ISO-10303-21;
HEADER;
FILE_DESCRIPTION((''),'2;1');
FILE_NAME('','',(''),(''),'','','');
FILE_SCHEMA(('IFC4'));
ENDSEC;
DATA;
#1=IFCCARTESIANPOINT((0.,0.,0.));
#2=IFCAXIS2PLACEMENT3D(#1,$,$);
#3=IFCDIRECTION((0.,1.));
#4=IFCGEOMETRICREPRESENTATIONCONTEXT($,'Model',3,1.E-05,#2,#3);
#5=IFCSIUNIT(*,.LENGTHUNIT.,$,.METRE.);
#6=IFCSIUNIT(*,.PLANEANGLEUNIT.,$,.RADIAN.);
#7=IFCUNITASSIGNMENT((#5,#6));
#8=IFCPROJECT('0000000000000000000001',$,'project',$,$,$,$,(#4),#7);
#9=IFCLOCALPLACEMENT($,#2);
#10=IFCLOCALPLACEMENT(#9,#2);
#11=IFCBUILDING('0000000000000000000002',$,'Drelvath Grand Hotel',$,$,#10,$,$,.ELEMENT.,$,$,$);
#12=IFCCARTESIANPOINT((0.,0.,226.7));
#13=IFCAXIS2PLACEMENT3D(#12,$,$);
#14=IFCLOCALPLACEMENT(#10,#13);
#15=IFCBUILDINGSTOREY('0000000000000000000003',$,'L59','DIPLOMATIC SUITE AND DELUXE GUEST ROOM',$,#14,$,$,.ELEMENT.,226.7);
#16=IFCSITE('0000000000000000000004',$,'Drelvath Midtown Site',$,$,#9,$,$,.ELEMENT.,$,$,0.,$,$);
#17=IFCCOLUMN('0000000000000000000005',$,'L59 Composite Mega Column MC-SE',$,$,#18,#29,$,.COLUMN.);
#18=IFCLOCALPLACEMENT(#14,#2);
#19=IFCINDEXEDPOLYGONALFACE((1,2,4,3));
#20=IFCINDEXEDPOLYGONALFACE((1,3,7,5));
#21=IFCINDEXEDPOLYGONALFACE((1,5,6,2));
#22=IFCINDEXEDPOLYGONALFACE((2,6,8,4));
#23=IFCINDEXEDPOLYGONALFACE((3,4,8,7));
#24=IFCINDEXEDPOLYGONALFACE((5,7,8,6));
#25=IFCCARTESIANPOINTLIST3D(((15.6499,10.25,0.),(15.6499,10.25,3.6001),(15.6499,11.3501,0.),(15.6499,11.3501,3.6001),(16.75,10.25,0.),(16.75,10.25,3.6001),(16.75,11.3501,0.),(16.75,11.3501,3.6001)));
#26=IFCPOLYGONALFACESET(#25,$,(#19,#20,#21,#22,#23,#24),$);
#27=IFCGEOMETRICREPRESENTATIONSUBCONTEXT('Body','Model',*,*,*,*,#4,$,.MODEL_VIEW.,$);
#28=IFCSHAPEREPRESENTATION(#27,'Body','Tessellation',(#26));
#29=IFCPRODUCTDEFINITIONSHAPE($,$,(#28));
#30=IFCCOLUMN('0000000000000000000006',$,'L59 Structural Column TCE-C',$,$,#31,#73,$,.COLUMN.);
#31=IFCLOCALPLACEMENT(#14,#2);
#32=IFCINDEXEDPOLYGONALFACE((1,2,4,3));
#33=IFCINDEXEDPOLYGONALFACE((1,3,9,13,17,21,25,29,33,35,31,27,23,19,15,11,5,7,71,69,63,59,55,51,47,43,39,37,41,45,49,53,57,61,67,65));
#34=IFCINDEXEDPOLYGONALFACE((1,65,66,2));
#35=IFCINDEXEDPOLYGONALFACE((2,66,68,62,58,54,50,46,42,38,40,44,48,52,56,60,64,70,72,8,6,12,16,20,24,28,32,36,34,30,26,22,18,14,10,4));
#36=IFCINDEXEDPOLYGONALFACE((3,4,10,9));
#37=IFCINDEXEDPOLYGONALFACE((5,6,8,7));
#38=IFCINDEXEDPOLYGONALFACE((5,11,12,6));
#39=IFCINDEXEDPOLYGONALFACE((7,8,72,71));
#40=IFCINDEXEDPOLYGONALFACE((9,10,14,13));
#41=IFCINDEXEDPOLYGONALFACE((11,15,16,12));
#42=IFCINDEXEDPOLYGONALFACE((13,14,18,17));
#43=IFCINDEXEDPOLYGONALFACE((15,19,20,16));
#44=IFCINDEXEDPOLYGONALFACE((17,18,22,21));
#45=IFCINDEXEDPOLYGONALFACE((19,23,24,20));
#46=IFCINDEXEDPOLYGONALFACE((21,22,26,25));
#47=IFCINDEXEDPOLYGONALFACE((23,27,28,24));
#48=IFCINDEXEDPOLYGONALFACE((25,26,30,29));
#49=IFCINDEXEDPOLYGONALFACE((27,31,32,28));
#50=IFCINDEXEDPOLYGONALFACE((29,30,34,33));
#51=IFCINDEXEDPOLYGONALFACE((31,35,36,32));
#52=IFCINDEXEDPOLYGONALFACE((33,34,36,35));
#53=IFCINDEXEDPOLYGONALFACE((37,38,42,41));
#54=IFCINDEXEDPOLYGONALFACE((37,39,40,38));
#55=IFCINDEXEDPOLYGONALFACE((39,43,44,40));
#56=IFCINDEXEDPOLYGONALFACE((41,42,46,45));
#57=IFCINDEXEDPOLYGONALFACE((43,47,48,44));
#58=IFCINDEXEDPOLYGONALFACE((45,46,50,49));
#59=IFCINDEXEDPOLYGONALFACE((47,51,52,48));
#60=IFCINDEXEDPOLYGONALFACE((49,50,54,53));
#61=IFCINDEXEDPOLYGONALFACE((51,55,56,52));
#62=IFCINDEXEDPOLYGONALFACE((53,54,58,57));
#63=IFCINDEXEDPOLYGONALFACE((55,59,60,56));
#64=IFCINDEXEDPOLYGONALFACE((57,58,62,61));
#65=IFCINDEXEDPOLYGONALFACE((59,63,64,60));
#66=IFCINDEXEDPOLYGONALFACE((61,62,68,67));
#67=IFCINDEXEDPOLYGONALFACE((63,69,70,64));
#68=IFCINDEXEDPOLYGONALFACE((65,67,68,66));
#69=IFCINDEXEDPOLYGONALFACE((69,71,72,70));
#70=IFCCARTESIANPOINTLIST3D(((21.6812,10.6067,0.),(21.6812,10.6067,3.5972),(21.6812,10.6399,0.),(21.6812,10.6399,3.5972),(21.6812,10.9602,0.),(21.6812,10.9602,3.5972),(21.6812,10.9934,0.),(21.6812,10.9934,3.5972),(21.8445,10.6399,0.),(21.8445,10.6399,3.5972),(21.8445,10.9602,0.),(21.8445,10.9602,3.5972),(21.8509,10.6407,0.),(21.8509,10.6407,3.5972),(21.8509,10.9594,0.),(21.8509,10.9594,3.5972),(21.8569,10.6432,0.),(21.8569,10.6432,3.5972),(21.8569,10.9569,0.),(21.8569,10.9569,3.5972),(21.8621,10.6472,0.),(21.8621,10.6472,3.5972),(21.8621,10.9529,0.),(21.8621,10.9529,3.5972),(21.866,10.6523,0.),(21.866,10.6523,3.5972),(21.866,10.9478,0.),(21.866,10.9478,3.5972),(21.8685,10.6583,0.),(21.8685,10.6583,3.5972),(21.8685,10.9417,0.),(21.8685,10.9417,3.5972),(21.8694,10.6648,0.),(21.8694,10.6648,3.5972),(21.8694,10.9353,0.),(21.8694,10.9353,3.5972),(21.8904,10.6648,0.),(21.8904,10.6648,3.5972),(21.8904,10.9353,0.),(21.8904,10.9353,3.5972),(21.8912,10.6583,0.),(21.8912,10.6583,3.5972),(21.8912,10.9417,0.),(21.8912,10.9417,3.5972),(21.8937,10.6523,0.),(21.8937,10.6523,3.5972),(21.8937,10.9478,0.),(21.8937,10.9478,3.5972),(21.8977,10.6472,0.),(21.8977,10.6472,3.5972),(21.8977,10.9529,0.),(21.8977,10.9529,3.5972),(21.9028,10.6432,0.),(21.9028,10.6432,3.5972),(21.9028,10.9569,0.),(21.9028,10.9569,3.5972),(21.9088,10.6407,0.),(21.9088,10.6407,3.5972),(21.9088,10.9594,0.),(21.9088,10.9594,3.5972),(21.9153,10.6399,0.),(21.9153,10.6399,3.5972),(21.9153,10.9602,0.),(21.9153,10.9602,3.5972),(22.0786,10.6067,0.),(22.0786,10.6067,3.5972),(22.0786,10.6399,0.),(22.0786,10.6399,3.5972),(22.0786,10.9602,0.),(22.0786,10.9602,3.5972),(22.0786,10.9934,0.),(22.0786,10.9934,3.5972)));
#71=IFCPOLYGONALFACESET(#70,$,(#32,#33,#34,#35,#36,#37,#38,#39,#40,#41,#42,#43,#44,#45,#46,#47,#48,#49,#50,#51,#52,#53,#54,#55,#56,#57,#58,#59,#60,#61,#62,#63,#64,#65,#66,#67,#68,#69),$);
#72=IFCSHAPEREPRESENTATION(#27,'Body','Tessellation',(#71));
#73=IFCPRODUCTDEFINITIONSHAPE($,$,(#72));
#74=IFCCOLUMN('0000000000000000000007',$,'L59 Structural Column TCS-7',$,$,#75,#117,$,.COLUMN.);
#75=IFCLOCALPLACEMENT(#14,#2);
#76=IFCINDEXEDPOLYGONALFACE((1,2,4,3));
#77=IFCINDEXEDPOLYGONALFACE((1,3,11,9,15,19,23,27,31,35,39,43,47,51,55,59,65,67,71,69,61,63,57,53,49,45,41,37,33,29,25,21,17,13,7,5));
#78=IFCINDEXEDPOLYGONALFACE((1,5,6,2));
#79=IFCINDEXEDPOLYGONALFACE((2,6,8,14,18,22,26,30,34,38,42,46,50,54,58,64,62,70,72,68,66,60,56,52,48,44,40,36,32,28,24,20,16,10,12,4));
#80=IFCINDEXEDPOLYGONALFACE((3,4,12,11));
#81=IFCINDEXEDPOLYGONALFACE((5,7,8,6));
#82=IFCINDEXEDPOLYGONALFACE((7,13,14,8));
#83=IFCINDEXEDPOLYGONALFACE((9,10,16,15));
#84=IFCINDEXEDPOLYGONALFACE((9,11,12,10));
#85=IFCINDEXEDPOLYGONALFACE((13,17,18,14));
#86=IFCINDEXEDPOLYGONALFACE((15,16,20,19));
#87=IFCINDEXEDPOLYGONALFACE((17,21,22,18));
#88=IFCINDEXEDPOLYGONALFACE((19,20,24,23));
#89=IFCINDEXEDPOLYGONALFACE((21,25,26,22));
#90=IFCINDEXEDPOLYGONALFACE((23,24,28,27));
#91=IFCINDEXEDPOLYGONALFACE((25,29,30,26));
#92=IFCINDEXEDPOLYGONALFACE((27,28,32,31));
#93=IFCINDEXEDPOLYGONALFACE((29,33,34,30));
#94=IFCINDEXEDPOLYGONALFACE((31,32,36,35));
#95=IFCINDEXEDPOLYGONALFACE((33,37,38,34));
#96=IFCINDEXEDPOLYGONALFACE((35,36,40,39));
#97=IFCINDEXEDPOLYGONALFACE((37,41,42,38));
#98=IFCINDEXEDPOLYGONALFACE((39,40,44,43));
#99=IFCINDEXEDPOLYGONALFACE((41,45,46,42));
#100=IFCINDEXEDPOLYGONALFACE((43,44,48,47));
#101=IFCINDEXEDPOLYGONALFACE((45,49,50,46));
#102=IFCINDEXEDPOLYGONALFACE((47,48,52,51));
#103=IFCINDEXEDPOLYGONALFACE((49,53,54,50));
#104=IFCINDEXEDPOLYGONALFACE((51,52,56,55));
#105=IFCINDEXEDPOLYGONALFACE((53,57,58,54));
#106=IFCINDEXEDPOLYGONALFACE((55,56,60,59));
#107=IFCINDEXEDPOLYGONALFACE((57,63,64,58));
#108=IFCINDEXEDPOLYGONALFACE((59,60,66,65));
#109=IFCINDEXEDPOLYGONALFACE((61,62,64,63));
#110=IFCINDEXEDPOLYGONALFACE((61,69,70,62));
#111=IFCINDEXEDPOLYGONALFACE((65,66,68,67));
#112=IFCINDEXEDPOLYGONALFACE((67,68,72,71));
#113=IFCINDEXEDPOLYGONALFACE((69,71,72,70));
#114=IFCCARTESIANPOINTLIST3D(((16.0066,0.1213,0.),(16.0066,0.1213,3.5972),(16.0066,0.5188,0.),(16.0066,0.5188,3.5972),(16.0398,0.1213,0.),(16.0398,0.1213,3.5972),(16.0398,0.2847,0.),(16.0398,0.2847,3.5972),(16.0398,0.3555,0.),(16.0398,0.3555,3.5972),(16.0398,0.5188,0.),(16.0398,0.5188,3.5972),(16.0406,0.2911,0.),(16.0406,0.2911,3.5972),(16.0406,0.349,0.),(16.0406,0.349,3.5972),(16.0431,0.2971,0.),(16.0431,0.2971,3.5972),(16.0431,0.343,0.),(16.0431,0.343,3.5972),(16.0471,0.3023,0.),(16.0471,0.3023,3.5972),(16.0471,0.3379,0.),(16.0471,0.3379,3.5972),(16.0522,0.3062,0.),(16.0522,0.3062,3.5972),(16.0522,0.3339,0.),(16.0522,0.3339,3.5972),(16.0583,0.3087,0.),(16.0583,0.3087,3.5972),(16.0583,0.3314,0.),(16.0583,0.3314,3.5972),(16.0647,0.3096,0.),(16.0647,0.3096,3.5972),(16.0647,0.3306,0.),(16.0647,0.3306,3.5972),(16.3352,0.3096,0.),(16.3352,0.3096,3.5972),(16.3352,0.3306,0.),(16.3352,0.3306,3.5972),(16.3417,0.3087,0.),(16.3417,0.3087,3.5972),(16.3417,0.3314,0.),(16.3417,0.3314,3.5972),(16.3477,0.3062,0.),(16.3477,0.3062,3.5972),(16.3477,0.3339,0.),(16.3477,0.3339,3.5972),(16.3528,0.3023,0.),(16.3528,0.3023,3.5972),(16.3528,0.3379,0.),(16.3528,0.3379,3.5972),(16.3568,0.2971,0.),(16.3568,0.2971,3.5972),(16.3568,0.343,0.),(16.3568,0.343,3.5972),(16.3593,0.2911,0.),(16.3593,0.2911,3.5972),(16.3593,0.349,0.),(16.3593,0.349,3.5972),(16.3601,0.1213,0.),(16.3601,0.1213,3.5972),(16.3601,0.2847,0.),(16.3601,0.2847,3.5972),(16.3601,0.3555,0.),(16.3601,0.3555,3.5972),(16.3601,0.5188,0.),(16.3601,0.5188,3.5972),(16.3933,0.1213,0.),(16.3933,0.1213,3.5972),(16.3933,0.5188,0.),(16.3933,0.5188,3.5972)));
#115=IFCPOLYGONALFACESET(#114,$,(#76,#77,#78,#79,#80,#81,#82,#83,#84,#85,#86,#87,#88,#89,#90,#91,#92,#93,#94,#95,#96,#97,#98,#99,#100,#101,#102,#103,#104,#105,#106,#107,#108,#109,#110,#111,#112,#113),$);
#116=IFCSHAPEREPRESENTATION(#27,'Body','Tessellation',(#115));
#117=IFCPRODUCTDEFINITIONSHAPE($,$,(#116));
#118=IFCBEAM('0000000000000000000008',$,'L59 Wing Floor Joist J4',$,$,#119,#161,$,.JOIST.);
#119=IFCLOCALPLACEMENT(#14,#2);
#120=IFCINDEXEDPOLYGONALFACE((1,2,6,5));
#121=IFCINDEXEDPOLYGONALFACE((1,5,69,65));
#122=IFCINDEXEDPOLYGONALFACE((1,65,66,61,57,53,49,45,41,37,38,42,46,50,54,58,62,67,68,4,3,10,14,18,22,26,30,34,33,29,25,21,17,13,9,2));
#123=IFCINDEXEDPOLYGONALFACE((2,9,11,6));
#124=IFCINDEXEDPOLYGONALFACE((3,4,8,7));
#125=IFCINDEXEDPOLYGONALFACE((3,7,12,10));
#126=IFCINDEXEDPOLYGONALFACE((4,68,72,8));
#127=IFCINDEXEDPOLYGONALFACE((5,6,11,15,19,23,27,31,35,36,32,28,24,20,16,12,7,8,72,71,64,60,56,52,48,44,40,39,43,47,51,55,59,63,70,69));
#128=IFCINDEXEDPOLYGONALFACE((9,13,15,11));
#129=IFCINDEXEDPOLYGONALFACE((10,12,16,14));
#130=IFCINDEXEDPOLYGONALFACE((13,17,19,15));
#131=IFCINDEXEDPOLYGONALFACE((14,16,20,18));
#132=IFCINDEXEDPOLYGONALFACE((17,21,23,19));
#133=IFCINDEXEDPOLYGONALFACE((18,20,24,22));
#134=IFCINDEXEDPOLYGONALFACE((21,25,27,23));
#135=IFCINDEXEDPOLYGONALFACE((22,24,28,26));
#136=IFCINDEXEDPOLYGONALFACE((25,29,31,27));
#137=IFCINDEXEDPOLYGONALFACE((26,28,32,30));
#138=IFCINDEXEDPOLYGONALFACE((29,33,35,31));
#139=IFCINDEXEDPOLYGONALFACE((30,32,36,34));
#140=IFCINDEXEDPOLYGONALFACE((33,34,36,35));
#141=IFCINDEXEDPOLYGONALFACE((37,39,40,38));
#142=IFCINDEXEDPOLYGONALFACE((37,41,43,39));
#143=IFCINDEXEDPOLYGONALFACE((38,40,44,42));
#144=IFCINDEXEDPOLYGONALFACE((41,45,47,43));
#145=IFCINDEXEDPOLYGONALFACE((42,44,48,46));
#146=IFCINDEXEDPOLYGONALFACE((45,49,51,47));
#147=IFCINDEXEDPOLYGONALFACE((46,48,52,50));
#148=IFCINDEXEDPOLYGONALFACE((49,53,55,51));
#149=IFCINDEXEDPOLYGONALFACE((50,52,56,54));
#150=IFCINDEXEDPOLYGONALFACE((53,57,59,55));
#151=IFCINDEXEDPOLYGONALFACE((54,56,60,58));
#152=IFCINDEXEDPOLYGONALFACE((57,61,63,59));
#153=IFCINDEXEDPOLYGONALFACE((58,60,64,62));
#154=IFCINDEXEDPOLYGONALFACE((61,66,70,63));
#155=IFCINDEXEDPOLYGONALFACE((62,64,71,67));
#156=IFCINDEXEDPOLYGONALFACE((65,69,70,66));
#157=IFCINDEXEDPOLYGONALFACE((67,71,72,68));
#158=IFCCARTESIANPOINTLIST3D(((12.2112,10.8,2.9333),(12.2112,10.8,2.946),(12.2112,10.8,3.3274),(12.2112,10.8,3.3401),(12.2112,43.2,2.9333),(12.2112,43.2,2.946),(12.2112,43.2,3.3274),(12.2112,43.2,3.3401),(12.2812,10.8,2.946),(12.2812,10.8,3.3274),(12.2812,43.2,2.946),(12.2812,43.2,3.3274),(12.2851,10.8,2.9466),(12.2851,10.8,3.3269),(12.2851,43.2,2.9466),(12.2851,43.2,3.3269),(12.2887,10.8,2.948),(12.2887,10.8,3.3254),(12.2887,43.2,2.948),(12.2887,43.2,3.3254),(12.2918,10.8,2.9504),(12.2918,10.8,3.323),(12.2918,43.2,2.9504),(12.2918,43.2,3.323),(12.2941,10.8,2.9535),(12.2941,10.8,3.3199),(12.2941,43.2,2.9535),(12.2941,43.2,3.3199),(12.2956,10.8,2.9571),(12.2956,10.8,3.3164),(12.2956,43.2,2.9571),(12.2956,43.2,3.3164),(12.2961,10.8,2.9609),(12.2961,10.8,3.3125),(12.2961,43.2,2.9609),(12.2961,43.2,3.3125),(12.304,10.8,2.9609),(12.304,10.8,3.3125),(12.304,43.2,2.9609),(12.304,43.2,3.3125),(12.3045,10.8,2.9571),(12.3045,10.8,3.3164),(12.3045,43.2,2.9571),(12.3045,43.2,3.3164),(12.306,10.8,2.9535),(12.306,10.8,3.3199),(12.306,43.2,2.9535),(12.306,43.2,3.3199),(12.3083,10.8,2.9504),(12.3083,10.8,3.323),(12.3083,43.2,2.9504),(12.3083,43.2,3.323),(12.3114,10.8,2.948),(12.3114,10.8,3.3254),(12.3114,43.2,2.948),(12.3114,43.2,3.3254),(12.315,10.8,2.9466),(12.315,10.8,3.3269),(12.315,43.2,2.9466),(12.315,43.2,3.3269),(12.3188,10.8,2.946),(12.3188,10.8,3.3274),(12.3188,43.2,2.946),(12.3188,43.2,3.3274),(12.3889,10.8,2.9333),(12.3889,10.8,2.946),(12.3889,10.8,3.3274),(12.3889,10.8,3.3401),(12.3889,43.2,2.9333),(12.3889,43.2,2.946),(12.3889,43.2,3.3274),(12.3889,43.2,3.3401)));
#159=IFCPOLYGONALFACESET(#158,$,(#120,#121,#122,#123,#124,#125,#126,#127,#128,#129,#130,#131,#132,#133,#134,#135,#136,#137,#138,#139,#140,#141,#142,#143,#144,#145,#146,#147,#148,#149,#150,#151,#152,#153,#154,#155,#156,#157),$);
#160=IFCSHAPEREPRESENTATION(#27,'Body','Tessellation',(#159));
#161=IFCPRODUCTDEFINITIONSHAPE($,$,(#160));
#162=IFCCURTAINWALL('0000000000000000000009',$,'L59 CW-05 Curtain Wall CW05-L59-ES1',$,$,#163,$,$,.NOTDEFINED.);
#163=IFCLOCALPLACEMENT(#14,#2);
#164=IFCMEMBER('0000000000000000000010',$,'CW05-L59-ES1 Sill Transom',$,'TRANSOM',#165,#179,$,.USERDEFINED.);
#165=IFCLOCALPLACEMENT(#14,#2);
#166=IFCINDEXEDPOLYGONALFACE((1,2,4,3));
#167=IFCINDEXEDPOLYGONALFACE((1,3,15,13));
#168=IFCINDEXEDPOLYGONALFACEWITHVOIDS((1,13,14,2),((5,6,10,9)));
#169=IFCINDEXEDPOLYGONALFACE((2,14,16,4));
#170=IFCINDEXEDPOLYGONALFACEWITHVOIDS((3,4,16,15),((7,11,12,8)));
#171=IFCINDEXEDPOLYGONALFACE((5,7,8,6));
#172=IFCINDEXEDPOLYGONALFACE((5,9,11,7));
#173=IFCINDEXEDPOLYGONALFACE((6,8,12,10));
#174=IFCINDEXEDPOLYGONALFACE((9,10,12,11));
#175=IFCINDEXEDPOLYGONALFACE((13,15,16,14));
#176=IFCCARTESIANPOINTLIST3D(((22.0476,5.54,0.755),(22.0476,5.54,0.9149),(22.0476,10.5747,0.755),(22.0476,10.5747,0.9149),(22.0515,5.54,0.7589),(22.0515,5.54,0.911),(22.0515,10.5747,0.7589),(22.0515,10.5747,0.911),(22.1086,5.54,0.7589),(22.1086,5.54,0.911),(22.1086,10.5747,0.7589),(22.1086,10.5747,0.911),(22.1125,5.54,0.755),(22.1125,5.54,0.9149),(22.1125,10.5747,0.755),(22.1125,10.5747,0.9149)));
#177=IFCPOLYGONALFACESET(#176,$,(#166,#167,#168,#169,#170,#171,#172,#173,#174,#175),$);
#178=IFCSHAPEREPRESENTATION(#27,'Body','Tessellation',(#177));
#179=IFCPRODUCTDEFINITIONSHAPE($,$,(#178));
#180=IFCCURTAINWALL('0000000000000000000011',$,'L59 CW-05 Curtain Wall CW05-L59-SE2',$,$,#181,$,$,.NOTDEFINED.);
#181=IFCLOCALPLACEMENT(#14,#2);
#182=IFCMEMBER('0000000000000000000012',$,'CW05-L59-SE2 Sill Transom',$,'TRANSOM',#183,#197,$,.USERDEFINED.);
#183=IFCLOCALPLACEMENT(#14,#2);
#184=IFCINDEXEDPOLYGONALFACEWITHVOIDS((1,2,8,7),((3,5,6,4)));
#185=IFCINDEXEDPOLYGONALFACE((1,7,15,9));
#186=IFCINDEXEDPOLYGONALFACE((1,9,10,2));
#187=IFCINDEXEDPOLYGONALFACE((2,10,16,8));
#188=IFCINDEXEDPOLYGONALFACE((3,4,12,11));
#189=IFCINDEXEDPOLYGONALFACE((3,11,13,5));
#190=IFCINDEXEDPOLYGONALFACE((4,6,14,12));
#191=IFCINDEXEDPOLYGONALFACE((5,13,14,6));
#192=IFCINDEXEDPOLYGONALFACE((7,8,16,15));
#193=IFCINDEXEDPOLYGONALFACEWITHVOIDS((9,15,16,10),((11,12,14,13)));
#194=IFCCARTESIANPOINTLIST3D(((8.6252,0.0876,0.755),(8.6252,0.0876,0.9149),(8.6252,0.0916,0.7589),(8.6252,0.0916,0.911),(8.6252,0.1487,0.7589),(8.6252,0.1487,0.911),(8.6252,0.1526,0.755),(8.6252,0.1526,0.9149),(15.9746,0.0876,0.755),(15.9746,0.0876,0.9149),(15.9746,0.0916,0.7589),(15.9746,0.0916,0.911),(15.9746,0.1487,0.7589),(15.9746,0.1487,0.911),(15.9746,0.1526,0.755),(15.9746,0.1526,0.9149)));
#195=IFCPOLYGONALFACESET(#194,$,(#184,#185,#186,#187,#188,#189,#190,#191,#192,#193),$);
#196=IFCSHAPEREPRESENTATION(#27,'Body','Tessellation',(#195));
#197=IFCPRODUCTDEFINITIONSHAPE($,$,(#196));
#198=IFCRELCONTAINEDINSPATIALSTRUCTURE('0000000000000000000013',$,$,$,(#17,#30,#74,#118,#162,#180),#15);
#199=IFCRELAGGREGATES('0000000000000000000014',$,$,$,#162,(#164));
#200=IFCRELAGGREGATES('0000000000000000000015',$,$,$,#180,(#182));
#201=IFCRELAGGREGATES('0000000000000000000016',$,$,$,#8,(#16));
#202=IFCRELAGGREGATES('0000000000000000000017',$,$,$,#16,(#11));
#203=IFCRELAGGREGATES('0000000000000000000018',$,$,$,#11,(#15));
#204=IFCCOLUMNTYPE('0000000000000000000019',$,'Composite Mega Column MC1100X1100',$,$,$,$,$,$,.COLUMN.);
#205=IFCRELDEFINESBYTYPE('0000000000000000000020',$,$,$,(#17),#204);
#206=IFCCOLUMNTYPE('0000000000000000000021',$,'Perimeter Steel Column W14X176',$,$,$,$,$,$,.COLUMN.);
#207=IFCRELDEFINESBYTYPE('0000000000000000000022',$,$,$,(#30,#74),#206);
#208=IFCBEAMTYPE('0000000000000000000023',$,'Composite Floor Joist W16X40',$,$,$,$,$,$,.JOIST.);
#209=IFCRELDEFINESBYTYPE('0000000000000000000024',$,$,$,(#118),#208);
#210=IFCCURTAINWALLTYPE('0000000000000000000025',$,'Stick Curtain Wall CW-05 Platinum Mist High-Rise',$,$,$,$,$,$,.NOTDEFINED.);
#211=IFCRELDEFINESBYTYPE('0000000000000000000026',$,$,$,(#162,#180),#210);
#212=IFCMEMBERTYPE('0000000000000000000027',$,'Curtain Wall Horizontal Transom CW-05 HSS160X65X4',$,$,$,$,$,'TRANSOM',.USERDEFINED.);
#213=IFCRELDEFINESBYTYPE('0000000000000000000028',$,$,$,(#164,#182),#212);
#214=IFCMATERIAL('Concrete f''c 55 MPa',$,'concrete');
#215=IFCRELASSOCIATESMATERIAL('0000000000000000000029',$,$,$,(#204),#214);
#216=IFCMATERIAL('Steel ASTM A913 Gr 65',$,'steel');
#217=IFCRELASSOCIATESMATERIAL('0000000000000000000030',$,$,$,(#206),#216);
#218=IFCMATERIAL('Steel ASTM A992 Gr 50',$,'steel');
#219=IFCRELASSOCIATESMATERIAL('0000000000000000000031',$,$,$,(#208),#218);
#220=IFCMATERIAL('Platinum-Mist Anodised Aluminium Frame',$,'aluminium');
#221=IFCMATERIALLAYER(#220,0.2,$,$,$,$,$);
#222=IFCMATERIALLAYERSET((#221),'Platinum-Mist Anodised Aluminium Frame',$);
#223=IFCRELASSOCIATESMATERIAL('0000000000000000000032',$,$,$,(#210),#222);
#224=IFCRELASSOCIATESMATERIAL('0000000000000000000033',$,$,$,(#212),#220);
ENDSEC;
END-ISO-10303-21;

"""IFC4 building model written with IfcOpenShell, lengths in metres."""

from ifc_helpers import new_model, si_unit, direction, frame, origin, origin_2d, place, context, subcontext, project, spatial, rectangle, hollow_rectangle, i_section, extrude, material, layer, layer_set, material_profile, profile_set, type_object, element, aggregate, save


model = new_model("IFC4")

# Units and contexts
model_context = context("Model", 3, precision=1e-05, world=origin(), true_north=direction((0.0, 1.0)))
body_context = subcontext(model_context, "Body", "Model", "MODEL_VIEW")
ifc_project = project(units=[si_unit("LENGTHUNIT", "METRE"), si_unit("PLANEANGLEUNIT", "RADIAN")], contexts=[model_context])

# Site, building, storey
site_placement = place(None, origin())
site = spatial("IfcSite", under=ifc_project, at=site_placement, Name="Drelvath Midtown Site", CompositionType="ELEMENT", RefElevation=0.0)
building_placement = place(site_placement, origin())
building = spatial("IfcBuilding", under=site, at=building_placement, Name="Drelvath Grand Hotel", CompositionType="ELEMENT")
storey_placement = place(building_placement, frame((0.0, 0.0, 226.7)))
storey = spatial("IfcBuildingStorey", under=building, at=storey_placement, Name="L59", Description="DIPLOMATIC SUITE AND DELUXE GUEST ROOM", CompositionType="ELEMENT", Elevation=226.7)

# Columns
ifc_material_1 = material(Name="Concrete f'c 55 MPa", Category="concrete")
ifc_material_profile_1 = material_profile(ifc_material_1, rectangle(XDim=1.1001, YDim=1.1001, at=origin_2d()), Name="MC1100X1100")
ifc_profile_set_1 = profile_set([ifc_material_profile_1], Name="Concrete f'c 55 MPa")
column_type_1 = type_object("IfcColumnType", Name="Composite Mega Column MC1100X1100", PredefinedType="COLUMN", material=ifc_profile_set_1)
column_placement = place(storey_placement, frame((16.2, 10.8, 0.0), z_axis=(0.0, 0.0, 1.0), x_axis=(1.0, 0.0, 0.0)))
element("IfcColumn", 1, at=column_placement, inside=storey, type_object=column_type_1, Name="L59 Composite Mega Column MC-SE", PredefinedType="COLUMN", context=body_context, shape_type="SweptSolid", body=[
    extrude(rectangle(XDim=1.1001, YDim=1.1001, at=origin_2d()), origin(), (0.0, 0.0, 1.0), 3.6001),
])
ifc_material_2 = material(Name="Steel ASTM A913 Gr 65", Category="steel")
ifc_material_profile_2 = material_profile(ifc_material_2, i_section(OverallWidth=0.3975, OverallDepth=0.3867, WebThickness=0.021, FlangeThickness=0.0332, FilletRadius=0.0249, at=origin_2d()), Name="W14X176")
ifc_profile_set_2 = profile_set([ifc_material_profile_2], Name="Steel ASTM A913 Gr 65")
column_type_2 = type_object("IfcColumnType", Name="Perimeter Steel Column W14X176", PredefinedType="COLUMN", material=ifc_profile_set_2)
for number, where, z_axis, x_axis, name in (
    (2, (21.8799, 10.8, 0.0), (0.0, 0.0, 1.0), (1.0, 0.0, 0.0), "L59 Structural Column TCE-C"),
    (3, (16.2, 0.3201, 0.0), (0.0, 0.0, 1.0), (0.0, 1.0, 0.0), "L59 Structural Column TCS-7"),
):
    element("IfcColumn", number, at=place(storey_placement, frame(where, z_axis=z_axis, x_axis=x_axis)), inside=storey, type_object=column_type_2, Name=name, PredefinedType="COLUMN", context=body_context, shape_type="SweptSolid", body=[
        extrude(i_section(OverallWidth=0.3975, OverallDepth=0.3867, WebThickness=0.021, FlangeThickness=0.0332, FilletRadius=0.0249, at=origin_2d()), origin(), (0.0, 0.0, 1.0), 3.5972),
    ])

# Beam
ifc_material_3 = material(Name="Steel ASTM A992 Gr 50", Category="steel")
ifc_material_profile_3 = material_profile(ifc_material_3, i_section(OverallWidth=0.1777, OverallDepth=0.4067, WebThickness=0.0078, FlangeThickness=0.0127, FilletRadius=0.0149, at=origin_2d()), Name="W16X40")
ifc_profile_set_3 = profile_set([ifc_material_profile_3], Name="Steel ASTM A992 Gr 50")
beam_type_1 = type_object("IfcBeamType", Name="Composite Floor Joist W16X40", PredefinedType="JOIST", material=ifc_profile_set_3)
beam_1_placement = place(storey_placement, frame((12.3, 10.8, 3.1367), z_axis=(0.0, 1.0, 0.0), x_axis=(-1.0, 0.0, 0.0)))
element("IfcBeam", 4, at=beam_1_placement, inside=storey, type_object=beam_type_1, Name="L59 Wing Floor Joist J4", PredefinedType="JOIST", context=body_context, shape_type="SweptSolid", body=[
    extrude(i_section(OverallWidth=0.1777, OverallDepth=0.4067, WebThickness=0.0078, FlangeThickness=0.0127, FilletRadius=0.0149, at=origin_2d()), origin(), (0.0, 0.0, 1.0), 32.3999),
])

# Curtain walls, members
ifc_material_4 = material(Name="Platinum-Mist Anodised Aluminium Frame", Category="aluminium")
ifc_layer_1 = layer(ifc_material_4, 0.2)
ifc_layer_set_1 = layer_set([ifc_layer_1], Name="Platinum-Mist Anodised Aluminium Frame")
curtain_wall_type = type_object("IfcCurtainWallType", Name="Stick Curtain Wall CW-05 Platinum Mist High-Rise", PredefinedType="NOTDEFINED", material=ifc_layer_set_1)
curtain_wall_1_placement = place(storey_placement, origin())
curtain_wall_1 = element("IfcCurtainWall", 5, at=curtain_wall_1_placement, inside=storey, type_object=curtain_wall_type, Name="L59 CW-05 Curtain Wall CW05-L59-ES1", PredefinedType="NOTDEFINED")
ifc_material_profile_4 = material_profile(ifc_material_4, hollow_rectangle(XDim=0.0649, YDim=0.1599, WallThickness=0.0039, at=origin_2d()), Name="HSS160X65X4")
ifc_profile_set_4 = profile_set([ifc_material_profile_4], Name="Platinum-Mist Anodised Aluminium Frame")
member_type_1 = type_object("IfcMemberType", Name="Curtain Wall Horizontal Transom CW-05 HSS160X65X4", ElementType="TRANSOM", PredefinedType="USERDEFINED", material=ifc_profile_set_4)
member_1_placement = place(storey_placement, frame((22.0801, 10.5747, 0.835), z_axis=(0.0, -1.0, 0.0), x_axis=(1.0, 0.0, 0.0)))
member_1 = element("IfcMember", 6, at=member_1_placement, type_object=member_type_1, Name="CW05-L59-ES1 Sill Transom", ObjectType="TRANSOM", PredefinedType="USERDEFINED", context=body_context, shape_type="SweptSolid", body=[
    extrude(hollow_rectangle(XDim=0.0649, YDim=0.1599, WallThickness=0.0039, at=origin_2d()), origin(), (0.0, 0.0, 1.0), 5.0347),
])
curtain_wall_2_placement = place(storey_placement, origin())
curtain_wall_2 = element("IfcCurtainWall", 7, at=curtain_wall_2_placement, inside=storey, type_object=curtain_wall_type, Name="L59 CW-05 Curtain Wall CW05-L59-SE2", PredefinedType="NOTDEFINED")
member_2_placement = place(storey_placement, frame((15.9746, 0.1201, 0.835), z_axis=(-1.0, 0.0, 0.0), x_axis=(0.0, -1.0, 0.0)))
member_2 = element("IfcMember", 8, at=member_2_placement, type_object=member_type_1, Name="CW05-L59-SE2 Sill Transom", ObjectType="TRANSOM", PredefinedType="USERDEFINED", context=body_context, shape_type="SweptSolid", body=[
    extrude(hollow_rectangle(XDim=0.0649, YDim=0.1599, WallThickness=0.0039, at=origin_2d()), origin(), (0.0, 0.0, 1.0), 7.3494),
])

aggregate(curtain_wall_1, [member_1])
aggregate(curtain_wall_2, [member_2])

save(model, "model.ifc")
